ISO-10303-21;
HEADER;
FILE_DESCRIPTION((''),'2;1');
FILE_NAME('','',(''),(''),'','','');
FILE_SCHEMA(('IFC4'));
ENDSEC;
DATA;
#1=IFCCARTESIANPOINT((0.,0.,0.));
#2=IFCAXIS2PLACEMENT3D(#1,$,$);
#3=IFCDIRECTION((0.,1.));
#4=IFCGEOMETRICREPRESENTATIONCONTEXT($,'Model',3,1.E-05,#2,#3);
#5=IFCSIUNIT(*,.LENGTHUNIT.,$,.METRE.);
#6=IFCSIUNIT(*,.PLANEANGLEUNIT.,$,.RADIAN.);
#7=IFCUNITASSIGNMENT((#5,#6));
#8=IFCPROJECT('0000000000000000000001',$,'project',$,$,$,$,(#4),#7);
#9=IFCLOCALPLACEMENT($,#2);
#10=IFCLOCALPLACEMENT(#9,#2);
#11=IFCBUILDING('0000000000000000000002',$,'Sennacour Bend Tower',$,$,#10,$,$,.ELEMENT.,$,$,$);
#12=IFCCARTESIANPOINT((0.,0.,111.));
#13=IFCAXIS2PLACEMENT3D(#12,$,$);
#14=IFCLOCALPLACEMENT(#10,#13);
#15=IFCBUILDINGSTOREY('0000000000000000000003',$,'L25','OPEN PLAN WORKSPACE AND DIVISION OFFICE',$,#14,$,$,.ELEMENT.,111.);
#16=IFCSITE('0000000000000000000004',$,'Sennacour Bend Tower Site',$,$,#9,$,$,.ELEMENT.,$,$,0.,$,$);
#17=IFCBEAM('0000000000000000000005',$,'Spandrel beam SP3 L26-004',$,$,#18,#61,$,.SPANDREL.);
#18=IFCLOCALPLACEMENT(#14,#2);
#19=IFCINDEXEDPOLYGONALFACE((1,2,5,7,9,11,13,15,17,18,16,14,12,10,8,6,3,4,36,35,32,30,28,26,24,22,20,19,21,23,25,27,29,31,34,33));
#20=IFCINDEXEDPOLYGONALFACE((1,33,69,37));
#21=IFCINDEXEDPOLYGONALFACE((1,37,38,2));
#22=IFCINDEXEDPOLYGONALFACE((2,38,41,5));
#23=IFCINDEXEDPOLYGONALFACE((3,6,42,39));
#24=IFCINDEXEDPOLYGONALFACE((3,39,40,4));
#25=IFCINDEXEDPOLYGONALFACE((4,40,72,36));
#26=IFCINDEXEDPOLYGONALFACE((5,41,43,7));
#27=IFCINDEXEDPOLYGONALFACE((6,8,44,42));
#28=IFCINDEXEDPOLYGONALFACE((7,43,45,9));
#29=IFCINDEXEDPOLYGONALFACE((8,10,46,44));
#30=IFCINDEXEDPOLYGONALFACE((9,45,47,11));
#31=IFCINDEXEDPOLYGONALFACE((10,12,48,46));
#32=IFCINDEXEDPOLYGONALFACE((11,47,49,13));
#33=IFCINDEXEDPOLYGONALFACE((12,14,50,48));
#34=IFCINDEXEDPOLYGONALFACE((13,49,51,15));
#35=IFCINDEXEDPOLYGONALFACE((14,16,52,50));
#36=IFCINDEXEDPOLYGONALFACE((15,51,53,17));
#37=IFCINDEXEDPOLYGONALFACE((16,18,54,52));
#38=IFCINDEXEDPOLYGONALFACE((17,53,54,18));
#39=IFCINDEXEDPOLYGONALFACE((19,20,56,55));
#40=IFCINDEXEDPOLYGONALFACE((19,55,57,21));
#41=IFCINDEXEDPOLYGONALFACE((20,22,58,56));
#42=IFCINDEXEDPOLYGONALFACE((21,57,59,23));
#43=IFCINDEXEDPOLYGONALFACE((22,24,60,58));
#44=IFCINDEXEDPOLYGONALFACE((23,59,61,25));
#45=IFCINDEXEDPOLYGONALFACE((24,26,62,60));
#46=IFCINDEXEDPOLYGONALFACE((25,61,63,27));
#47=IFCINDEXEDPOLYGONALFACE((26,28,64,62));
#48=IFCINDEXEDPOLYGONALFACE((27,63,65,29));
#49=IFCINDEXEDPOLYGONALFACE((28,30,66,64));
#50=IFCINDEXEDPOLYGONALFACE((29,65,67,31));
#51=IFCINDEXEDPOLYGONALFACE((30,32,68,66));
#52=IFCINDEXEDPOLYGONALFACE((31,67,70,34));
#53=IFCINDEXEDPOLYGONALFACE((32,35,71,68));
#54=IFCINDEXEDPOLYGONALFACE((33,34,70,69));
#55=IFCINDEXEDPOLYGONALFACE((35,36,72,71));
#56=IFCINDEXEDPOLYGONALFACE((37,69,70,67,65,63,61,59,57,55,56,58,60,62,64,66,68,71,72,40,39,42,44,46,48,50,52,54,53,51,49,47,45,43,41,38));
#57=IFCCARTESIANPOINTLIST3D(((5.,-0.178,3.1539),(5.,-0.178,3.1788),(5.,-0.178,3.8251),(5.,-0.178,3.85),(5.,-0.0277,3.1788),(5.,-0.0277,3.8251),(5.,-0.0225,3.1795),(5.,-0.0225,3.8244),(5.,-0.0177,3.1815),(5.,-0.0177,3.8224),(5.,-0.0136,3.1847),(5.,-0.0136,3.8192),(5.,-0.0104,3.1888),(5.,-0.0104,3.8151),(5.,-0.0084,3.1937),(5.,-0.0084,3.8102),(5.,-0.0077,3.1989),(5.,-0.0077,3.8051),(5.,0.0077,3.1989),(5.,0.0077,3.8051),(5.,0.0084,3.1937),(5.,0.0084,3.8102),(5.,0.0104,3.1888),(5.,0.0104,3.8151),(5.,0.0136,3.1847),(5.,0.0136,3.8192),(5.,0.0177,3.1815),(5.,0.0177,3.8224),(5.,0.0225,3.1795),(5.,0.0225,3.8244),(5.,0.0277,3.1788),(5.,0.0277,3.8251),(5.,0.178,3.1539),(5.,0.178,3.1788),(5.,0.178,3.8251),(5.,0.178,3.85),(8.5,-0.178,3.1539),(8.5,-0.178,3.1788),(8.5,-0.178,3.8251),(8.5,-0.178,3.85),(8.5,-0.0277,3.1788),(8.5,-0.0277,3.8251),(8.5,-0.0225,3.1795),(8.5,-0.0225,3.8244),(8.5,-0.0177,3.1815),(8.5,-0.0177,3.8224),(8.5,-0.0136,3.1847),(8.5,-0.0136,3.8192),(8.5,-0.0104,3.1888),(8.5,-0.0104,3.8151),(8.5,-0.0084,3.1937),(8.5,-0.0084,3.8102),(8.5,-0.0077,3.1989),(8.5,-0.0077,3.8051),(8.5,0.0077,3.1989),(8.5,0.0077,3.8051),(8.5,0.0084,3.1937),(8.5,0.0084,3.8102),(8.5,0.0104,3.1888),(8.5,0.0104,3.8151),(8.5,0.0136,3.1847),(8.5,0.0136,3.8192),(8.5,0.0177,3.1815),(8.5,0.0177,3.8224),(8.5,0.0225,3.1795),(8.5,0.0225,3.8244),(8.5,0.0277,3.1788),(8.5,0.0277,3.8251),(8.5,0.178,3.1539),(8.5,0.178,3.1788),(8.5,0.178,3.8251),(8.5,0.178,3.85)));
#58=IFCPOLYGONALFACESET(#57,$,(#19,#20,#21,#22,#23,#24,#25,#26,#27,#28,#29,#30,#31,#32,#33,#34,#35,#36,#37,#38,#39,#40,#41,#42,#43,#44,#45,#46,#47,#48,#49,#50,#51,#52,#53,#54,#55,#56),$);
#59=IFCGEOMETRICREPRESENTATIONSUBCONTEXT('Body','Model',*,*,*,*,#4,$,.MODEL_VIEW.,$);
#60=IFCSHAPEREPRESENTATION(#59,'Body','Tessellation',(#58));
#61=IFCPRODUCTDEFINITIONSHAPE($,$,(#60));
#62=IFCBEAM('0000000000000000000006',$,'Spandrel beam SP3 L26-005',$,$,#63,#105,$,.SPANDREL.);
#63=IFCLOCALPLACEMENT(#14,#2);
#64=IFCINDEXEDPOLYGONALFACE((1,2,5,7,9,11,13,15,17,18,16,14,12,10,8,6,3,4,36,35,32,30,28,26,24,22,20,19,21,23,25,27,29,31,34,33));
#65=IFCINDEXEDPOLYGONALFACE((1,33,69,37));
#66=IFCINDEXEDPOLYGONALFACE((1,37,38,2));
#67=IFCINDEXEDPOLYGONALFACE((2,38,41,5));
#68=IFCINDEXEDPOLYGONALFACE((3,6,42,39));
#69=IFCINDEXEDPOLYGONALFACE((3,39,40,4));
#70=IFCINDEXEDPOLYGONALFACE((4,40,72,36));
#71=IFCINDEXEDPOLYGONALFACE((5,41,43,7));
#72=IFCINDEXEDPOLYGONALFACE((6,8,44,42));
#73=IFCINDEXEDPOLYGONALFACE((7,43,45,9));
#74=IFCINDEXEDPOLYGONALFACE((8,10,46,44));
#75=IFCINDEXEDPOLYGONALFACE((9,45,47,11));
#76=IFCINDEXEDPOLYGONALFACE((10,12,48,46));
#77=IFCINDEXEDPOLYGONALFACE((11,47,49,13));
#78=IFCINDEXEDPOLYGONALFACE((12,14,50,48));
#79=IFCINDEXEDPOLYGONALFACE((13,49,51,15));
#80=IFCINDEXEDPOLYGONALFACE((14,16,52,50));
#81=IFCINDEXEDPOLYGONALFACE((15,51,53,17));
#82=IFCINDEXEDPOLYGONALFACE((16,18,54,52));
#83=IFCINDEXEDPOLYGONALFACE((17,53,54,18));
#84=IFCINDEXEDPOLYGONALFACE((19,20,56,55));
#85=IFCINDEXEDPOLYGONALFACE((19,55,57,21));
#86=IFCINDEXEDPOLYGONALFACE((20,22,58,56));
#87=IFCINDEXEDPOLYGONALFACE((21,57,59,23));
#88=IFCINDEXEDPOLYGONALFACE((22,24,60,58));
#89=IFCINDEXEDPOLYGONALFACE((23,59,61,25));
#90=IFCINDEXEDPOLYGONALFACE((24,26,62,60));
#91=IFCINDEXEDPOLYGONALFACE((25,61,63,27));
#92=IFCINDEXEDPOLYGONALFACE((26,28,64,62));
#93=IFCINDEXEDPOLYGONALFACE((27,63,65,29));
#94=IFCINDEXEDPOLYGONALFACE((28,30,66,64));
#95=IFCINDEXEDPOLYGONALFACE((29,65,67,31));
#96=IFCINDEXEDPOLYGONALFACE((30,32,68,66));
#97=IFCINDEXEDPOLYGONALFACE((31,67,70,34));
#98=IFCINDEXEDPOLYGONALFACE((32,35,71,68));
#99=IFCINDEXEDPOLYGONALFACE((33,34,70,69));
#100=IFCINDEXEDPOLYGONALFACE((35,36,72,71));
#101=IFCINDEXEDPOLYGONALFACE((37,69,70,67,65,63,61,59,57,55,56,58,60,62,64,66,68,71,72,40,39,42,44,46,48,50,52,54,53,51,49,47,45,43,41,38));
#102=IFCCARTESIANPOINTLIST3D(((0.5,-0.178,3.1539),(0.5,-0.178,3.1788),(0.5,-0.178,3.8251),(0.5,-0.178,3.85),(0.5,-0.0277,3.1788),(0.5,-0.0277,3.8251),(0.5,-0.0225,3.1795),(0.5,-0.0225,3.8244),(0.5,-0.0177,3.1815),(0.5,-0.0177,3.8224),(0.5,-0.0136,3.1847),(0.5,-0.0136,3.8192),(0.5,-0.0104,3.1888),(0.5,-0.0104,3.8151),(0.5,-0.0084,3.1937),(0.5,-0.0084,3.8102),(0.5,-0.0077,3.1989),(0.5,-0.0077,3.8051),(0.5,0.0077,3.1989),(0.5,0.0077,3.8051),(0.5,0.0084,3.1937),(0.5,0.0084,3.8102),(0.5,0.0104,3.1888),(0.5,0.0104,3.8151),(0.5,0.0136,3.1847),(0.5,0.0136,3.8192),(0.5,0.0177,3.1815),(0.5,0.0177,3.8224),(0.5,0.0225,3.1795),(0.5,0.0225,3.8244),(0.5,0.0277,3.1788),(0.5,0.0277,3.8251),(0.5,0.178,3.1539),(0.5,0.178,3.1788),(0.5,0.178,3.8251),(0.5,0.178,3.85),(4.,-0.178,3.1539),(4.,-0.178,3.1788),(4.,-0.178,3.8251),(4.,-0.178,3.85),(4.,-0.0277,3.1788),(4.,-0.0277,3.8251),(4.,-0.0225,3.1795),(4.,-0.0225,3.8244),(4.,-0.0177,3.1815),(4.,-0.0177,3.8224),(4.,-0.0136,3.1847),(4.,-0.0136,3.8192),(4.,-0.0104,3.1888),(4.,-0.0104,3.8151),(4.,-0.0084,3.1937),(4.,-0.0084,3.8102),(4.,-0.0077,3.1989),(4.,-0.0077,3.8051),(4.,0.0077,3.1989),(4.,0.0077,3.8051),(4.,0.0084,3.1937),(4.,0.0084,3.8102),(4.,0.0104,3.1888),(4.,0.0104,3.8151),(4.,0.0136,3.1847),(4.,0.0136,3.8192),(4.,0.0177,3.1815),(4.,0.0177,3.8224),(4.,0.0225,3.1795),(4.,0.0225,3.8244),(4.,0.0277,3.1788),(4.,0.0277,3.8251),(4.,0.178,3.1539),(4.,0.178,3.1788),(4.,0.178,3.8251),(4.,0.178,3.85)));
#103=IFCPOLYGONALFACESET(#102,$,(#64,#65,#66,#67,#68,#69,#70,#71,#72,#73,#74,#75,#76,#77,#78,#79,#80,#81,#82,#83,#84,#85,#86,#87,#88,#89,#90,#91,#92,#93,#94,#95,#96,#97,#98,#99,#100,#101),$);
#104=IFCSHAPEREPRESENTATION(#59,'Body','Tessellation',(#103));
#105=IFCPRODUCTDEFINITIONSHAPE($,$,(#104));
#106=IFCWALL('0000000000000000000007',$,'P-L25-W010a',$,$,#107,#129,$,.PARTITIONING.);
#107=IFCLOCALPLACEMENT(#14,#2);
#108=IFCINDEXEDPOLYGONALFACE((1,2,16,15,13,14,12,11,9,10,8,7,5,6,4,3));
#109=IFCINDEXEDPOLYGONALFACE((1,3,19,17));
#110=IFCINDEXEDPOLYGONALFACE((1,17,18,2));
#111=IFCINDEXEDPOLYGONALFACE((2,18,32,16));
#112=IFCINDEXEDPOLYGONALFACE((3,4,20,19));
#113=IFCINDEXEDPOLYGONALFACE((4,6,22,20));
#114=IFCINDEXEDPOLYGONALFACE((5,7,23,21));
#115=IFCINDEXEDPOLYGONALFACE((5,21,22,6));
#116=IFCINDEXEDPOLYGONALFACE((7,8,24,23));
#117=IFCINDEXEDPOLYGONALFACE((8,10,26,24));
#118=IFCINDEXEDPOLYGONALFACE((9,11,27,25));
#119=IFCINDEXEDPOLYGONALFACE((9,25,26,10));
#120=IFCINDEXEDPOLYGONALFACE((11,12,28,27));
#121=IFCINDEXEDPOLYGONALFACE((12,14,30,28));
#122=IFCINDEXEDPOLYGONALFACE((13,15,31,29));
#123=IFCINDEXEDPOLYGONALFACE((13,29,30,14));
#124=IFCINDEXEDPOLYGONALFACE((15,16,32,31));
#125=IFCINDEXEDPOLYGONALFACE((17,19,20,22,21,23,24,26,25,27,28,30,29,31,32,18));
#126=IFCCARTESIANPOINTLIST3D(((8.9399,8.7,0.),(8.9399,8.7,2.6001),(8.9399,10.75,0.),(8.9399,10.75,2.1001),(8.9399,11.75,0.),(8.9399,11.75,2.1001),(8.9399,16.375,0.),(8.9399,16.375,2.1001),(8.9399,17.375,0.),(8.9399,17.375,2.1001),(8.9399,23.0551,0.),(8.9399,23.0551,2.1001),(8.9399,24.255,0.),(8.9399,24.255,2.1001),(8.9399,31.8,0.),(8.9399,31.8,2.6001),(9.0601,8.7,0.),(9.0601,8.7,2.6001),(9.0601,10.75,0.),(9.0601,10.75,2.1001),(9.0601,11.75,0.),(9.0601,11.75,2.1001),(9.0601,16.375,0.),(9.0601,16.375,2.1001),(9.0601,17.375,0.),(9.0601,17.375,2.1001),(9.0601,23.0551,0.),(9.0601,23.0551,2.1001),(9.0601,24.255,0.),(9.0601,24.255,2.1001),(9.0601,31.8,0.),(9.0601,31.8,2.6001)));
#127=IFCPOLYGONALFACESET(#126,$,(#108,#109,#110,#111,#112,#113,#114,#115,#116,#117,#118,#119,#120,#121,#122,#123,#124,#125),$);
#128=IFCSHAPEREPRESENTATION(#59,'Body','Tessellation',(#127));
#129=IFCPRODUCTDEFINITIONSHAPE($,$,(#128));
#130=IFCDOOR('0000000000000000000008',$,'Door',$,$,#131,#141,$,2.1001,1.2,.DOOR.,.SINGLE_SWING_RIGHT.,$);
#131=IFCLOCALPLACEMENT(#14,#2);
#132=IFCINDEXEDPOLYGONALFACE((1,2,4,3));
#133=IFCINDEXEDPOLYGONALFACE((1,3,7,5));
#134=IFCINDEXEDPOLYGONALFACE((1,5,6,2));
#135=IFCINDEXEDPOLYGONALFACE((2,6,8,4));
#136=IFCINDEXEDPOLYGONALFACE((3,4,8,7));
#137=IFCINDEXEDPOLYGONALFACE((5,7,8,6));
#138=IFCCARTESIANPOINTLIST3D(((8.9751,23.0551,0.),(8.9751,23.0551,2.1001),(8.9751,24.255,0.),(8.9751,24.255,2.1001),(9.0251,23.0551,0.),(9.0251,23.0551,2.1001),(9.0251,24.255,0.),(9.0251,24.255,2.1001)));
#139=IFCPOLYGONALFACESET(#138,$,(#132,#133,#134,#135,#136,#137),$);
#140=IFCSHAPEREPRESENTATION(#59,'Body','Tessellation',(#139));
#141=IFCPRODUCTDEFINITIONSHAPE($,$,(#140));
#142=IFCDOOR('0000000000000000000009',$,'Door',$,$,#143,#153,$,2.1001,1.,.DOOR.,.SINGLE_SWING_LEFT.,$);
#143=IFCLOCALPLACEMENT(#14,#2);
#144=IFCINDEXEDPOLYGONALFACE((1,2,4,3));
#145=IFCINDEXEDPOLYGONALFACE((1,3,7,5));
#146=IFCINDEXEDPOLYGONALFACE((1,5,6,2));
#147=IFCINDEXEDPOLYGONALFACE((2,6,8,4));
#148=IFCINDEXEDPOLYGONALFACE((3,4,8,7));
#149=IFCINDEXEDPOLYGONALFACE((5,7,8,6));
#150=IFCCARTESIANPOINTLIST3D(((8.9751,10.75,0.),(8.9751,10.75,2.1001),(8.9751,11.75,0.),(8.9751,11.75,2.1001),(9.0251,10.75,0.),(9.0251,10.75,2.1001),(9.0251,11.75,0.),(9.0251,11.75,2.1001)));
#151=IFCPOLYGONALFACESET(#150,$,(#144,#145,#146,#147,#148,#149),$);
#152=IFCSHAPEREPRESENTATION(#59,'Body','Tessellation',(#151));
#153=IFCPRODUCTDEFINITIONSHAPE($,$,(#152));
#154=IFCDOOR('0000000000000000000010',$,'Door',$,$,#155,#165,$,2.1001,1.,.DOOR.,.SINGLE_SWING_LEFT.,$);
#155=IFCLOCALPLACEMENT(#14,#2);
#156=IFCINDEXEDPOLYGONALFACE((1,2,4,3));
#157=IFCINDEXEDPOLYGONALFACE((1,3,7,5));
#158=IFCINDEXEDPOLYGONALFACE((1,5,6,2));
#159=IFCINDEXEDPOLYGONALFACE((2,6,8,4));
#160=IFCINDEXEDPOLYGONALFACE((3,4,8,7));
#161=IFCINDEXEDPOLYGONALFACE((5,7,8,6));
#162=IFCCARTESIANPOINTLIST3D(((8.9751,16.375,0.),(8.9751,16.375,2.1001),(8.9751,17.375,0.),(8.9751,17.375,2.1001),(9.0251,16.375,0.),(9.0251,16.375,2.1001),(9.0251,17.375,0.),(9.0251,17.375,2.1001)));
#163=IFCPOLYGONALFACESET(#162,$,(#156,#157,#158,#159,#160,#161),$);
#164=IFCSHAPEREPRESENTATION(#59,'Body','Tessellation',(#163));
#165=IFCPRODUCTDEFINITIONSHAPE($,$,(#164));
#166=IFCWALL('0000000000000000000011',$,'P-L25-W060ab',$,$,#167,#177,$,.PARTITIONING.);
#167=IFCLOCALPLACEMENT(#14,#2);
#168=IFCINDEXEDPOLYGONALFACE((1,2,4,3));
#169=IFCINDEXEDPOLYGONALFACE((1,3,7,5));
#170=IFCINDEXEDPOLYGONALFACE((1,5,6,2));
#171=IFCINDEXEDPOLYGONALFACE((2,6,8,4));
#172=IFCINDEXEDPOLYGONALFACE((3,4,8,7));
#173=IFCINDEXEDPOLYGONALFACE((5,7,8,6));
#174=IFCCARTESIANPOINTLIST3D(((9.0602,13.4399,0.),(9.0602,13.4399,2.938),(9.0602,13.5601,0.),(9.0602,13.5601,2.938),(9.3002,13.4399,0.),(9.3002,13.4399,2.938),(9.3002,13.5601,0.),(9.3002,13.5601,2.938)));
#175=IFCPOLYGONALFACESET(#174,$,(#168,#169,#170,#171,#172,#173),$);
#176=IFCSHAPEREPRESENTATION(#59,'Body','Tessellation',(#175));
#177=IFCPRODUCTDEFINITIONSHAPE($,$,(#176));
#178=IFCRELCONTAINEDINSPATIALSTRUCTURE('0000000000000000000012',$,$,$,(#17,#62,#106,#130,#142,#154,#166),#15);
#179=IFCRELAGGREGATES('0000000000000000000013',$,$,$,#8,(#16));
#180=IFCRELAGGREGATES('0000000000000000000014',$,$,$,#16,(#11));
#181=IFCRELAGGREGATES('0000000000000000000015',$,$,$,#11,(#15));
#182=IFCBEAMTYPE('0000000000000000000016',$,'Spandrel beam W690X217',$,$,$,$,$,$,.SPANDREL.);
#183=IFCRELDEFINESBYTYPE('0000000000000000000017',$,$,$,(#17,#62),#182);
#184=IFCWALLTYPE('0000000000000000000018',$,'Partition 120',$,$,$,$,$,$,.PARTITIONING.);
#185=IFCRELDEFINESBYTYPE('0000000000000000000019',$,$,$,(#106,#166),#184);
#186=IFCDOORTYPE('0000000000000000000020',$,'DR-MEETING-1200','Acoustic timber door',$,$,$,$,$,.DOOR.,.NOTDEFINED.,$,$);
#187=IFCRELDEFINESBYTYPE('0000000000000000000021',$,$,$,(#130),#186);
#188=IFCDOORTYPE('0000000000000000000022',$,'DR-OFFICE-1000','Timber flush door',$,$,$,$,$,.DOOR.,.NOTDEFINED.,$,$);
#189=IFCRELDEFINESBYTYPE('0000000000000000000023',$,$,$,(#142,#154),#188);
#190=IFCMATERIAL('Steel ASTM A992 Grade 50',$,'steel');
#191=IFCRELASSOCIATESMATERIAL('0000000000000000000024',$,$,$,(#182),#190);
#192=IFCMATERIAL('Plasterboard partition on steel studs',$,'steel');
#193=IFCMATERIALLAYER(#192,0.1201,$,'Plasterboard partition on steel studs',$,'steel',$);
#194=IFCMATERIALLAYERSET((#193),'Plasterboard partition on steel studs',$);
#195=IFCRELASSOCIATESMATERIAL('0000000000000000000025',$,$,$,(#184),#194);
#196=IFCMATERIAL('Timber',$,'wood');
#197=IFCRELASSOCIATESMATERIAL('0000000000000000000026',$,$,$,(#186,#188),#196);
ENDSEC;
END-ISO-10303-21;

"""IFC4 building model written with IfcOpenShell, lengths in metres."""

from ifc_helpers import new_model, si_unit, direction, frame, frame_2d, origin, origin_2d, place, context, subcontext, project, spatial, rectangle, i_section, extrude, material, layer, layer_set, material_profile, profile_set, type_object, element, fill, save


model = new_model("IFC4")

# Units and contexts
model_context = context("Model", 3, precision=1e-05, world=origin(), true_north=direction((0.0, 1.0)))
body_context = subcontext(model_context, "Body", "Model", "MODEL_VIEW")
ifc_project = project(units=[si_unit("LENGTHUNIT", "METRE"), si_unit("PLANEANGLEUNIT", "RADIAN")], contexts=[model_context])

# Site, building, storey
site_placement = place(None, origin())
site = spatial("IfcSite", under=ifc_project, at=site_placement, Name="Sennacour Bend Tower Site", CompositionType="ELEMENT", RefElevation=0.0)
building_placement = place(site_placement, origin())
building = spatial("IfcBuilding", under=site, at=building_placement, Name="Sennacour Bend Tower", CompositionType="ELEMENT")
storey_placement = place(building_placement, frame((0.0, 0.0, 111.0)))
storey = spatial("IfcBuildingStorey", under=building, at=storey_placement, Name="L25", Description="OPEN PLAN WORKSPACE AND DIVISION OFFICE", CompositionType="ELEMENT", Elevation=111.0)

# Beams
ifc_material_1 = material(Name="Steel ASTM A992 Grade 50", Category="steel")
ifc_material_profile_1 = material_profile(ifc_material_1, i_section(OverallWidth=0.356, OverallDepth=0.696, WebThickness=0.0154, FlangeThickness=0.0249, FilletRadius=0.02, at=origin_2d()), Name="Steel ASTM A992 Grade 50", Category="steel")
ifc_profile_set_1 = profile_set([ifc_material_profile_1], Name="Steel ASTM A992 Grade 50")
beam_type_1 = type_object("IfcBeamType", Name="Spandrel beam W690X217", PredefinedType="SPANDREL", material=ifc_profile_set_1)
for number, where, z_axis, x_axis, name in (
    (1, (8.5, 0.0, 3.502), (-1.0, 0.0, 0.0), (0.0, -1.0, 0.0), "Spandrel beam SP3 L26-004"),
    (2, (4.0, 0.0, 3.502), (-1.0, 0.0, 0.0), (0.0, -1.0, 0.0), "Spandrel beam SP3 L26-005"),
):
    element("IfcBeam", number, at=place(storey_placement, frame(where, z_axis=z_axis, x_axis=x_axis)), inside=storey, type_object=beam_type_1, Name=name, PredefinedType="SPANDREL", context=body_context, shape_type="SweptSolid", body=[
        extrude(i_section(OverallWidth=0.356, OverallDepth=0.696, WebThickness=0.0154, FlangeThickness=0.0249, FilletRadius=0.02, at=origin_2d()), origin(), (0.0, 0.0, 1.0), 3.5),
    ])

# Wall, openings, doors
ifc_material_2 = material(Name="Plasterboard partition on steel studs", Category="steel")
ifc_layer_1 = layer(ifc_material_2, 0.1201, Name="Plasterboard partition on steel studs", Category="steel")
ifc_layer_set_1 = layer_set([ifc_layer_1], Name="Plasterboard partition on steel studs")
wall_type_1 = type_object("IfcWallType", Name="Partition 120", PredefinedType="PARTITIONING", material=ifc_layer_set_1)
wall_1_placement = place(storey_placement, frame((9.0, 8.7, 0.0), z_axis=(0.0, 0.0, 1.0), x_axis=(0.0, 1.0, 0.0)))
wall_1 = element("IfcWall", 3, at=wall_1_placement, inside=storey, type_object=wall_type_1, Name="P-L25-W010a", PredefinedType="PARTITIONING", context=body_context, shape_type="SweptSolid", body=[
    extrude(rectangle(XDim=23.1001, YDim=0.1201, at=frame_2d((11.55, 0.0))), origin(), (0.0, 0.0, 1.0), 2.6001),
])
opening_1_placement = place(wall_1_placement, frame((2.05, 0.0, 0.0)))
opening_1 = element("IfcOpeningElement", 4, at=opening_1_placement, cuts=wall_1, PredefinedType="OPENING", context=body_context, shape_type="SweptSolid", body=[
    extrude(rectangle(XDim=1.0, YDim=2.1001, at=frame_2d((0.5, 1.05))), frame((0.0, 0.0701, 0.0), z_axis=(0.0, -1.0, 0.0), x_axis=(1.0, 0.0, 0.0)), (0.0, 0.0, 1.0), 0.1401),
])
opening_2_placement = place(wall_1_placement, frame((7.675, 0.0, 0.0)))
opening_2 = element("IfcOpeningElement", 5, at=opening_2_placement, cuts=wall_1, PredefinedType="OPENING", context=body_context, shape_type="SweptSolid", body=[
    extrude(rectangle(XDim=1.0, YDim=2.1001, at=frame_2d((0.5, 1.05))), frame((0.0, 0.0701, 0.0), z_axis=(0.0, -1.0, 0.0), x_axis=(1.0, 0.0, 0.0)), (0.0, 0.0, 1.0), 0.1401),
])
opening_3_placement = place(wall_1_placement, frame((14.355, 0.0, 0.0)))
opening_3 = element("IfcOpeningElement", 6, at=opening_3_placement, cuts=wall_1, PredefinedType="OPENING", context=body_context, shape_type="SweptSolid", body=[
    extrude(rectangle(XDim=1.2, YDim=2.1001, at=frame_2d((0.6001, 1.05))), frame((0.0, 0.0701, 0.0), z_axis=(0.0, -1.0, 0.0), x_axis=(1.0, 0.0, 0.0)), (0.0, 0.0, 1.0), 0.1401),
])
ifc_material_3 = material(Name="Timber", Category="wood")
door_type_1 = type_object("IfcDoorType", Name="DR-MEETING-1200", Description="Acoustic timber door", OperationType="NOTDEFINED", PredefinedType="DOOR", material=ifc_material_3)
door_1_placement = place(opening_3_placement, origin())
door_1 = element("IfcDoor", 7, at=door_1_placement, inside=storey, type_object=door_type_1, Name="Door", OperationType="SINGLE_SWING_RIGHT", OverallHeight=2.1001, OverallWidth=1.2, PredefinedType="DOOR", context=body_context, shape_type="SweptSolid", body=[
    extrude(rectangle(XDim=1.2, YDim=2.1001, at=frame_2d((0.6001, 1.05))), frame((0.0, 0.0249, 0.0), z_axis=(0.0, -1.0, 0.0), x_axis=(1.0, 0.0, 0.0)), (0.0, 0.0, 1.0), 0.05),
])
fill(opening_3, door_1)
door_type_2 = type_object("IfcDoorType", Name="DR-OFFICE-1000", Description="Timber flush door", OperationType="NOTDEFINED", PredefinedType="DOOR", material=ifc_material_3)
door_2_placement = place(opening_1_placement, origin())
door_2 = element("IfcDoor", 8, at=door_2_placement, inside=storey, type_object=door_type_2, Name="Door", OperationType="SINGLE_SWING_LEFT", OverallHeight=2.1001, OverallWidth=1.0, PredefinedType="DOOR", context=body_context, shape_type="SweptSolid", body=[
    extrude(rectangle(XDim=1.0, YDim=2.1001, at=frame_2d((0.5, 1.05))), frame((0.0, 0.0249, 0.0), z_axis=(0.0, -1.0, 0.0), x_axis=(1.0, 0.0, 0.0)), (0.0, 0.0, 1.0), 0.05),
])
fill(opening_1, door_2)
door_3_placement = place(opening_2_placement, origin())
door_3 = element("IfcDoor", 9, at=door_3_placement, inside=storey, type_object=door_type_2, Name="Door", OperationType="SINGLE_SWING_LEFT", OverallHeight=2.1001, OverallWidth=1.0, PredefinedType="DOOR", context=body_context, shape_type="SweptSolid", body=[
    extrude(rectangle(XDim=1.0, YDim=2.1001, at=frame_2d((0.5, 1.05))), frame((0.0, 0.0249, 0.0), z_axis=(0.0, -1.0, 0.0), x_axis=(1.0, 0.0, 0.0)), (0.0, 0.0, 1.0), 0.05),
])
fill(opening_2, door_3)

# Wall
wall_2_placement = place(storey_placement, frame((9.0601, 13.5, 0.0), z_axis=(0.0, 0.0, 1.0), x_axis=(1.0, 0.0, 0.0)))
element("IfcWall", 10, at=wall_2_placement, inside=storey, type_object=wall_type_1, Name="P-L25-W060ab", PredefinedType="PARTITIONING", context=body_context, shape_type="SweptSolid", body=[
    extrude(rectangle(XDim=0.24, YDim=0.1201, at=frame_2d((0.1201, 0.0))), origin(), (0.0, 0.0, 1.0), 2.938),
])

save(model, "model.ifc")
